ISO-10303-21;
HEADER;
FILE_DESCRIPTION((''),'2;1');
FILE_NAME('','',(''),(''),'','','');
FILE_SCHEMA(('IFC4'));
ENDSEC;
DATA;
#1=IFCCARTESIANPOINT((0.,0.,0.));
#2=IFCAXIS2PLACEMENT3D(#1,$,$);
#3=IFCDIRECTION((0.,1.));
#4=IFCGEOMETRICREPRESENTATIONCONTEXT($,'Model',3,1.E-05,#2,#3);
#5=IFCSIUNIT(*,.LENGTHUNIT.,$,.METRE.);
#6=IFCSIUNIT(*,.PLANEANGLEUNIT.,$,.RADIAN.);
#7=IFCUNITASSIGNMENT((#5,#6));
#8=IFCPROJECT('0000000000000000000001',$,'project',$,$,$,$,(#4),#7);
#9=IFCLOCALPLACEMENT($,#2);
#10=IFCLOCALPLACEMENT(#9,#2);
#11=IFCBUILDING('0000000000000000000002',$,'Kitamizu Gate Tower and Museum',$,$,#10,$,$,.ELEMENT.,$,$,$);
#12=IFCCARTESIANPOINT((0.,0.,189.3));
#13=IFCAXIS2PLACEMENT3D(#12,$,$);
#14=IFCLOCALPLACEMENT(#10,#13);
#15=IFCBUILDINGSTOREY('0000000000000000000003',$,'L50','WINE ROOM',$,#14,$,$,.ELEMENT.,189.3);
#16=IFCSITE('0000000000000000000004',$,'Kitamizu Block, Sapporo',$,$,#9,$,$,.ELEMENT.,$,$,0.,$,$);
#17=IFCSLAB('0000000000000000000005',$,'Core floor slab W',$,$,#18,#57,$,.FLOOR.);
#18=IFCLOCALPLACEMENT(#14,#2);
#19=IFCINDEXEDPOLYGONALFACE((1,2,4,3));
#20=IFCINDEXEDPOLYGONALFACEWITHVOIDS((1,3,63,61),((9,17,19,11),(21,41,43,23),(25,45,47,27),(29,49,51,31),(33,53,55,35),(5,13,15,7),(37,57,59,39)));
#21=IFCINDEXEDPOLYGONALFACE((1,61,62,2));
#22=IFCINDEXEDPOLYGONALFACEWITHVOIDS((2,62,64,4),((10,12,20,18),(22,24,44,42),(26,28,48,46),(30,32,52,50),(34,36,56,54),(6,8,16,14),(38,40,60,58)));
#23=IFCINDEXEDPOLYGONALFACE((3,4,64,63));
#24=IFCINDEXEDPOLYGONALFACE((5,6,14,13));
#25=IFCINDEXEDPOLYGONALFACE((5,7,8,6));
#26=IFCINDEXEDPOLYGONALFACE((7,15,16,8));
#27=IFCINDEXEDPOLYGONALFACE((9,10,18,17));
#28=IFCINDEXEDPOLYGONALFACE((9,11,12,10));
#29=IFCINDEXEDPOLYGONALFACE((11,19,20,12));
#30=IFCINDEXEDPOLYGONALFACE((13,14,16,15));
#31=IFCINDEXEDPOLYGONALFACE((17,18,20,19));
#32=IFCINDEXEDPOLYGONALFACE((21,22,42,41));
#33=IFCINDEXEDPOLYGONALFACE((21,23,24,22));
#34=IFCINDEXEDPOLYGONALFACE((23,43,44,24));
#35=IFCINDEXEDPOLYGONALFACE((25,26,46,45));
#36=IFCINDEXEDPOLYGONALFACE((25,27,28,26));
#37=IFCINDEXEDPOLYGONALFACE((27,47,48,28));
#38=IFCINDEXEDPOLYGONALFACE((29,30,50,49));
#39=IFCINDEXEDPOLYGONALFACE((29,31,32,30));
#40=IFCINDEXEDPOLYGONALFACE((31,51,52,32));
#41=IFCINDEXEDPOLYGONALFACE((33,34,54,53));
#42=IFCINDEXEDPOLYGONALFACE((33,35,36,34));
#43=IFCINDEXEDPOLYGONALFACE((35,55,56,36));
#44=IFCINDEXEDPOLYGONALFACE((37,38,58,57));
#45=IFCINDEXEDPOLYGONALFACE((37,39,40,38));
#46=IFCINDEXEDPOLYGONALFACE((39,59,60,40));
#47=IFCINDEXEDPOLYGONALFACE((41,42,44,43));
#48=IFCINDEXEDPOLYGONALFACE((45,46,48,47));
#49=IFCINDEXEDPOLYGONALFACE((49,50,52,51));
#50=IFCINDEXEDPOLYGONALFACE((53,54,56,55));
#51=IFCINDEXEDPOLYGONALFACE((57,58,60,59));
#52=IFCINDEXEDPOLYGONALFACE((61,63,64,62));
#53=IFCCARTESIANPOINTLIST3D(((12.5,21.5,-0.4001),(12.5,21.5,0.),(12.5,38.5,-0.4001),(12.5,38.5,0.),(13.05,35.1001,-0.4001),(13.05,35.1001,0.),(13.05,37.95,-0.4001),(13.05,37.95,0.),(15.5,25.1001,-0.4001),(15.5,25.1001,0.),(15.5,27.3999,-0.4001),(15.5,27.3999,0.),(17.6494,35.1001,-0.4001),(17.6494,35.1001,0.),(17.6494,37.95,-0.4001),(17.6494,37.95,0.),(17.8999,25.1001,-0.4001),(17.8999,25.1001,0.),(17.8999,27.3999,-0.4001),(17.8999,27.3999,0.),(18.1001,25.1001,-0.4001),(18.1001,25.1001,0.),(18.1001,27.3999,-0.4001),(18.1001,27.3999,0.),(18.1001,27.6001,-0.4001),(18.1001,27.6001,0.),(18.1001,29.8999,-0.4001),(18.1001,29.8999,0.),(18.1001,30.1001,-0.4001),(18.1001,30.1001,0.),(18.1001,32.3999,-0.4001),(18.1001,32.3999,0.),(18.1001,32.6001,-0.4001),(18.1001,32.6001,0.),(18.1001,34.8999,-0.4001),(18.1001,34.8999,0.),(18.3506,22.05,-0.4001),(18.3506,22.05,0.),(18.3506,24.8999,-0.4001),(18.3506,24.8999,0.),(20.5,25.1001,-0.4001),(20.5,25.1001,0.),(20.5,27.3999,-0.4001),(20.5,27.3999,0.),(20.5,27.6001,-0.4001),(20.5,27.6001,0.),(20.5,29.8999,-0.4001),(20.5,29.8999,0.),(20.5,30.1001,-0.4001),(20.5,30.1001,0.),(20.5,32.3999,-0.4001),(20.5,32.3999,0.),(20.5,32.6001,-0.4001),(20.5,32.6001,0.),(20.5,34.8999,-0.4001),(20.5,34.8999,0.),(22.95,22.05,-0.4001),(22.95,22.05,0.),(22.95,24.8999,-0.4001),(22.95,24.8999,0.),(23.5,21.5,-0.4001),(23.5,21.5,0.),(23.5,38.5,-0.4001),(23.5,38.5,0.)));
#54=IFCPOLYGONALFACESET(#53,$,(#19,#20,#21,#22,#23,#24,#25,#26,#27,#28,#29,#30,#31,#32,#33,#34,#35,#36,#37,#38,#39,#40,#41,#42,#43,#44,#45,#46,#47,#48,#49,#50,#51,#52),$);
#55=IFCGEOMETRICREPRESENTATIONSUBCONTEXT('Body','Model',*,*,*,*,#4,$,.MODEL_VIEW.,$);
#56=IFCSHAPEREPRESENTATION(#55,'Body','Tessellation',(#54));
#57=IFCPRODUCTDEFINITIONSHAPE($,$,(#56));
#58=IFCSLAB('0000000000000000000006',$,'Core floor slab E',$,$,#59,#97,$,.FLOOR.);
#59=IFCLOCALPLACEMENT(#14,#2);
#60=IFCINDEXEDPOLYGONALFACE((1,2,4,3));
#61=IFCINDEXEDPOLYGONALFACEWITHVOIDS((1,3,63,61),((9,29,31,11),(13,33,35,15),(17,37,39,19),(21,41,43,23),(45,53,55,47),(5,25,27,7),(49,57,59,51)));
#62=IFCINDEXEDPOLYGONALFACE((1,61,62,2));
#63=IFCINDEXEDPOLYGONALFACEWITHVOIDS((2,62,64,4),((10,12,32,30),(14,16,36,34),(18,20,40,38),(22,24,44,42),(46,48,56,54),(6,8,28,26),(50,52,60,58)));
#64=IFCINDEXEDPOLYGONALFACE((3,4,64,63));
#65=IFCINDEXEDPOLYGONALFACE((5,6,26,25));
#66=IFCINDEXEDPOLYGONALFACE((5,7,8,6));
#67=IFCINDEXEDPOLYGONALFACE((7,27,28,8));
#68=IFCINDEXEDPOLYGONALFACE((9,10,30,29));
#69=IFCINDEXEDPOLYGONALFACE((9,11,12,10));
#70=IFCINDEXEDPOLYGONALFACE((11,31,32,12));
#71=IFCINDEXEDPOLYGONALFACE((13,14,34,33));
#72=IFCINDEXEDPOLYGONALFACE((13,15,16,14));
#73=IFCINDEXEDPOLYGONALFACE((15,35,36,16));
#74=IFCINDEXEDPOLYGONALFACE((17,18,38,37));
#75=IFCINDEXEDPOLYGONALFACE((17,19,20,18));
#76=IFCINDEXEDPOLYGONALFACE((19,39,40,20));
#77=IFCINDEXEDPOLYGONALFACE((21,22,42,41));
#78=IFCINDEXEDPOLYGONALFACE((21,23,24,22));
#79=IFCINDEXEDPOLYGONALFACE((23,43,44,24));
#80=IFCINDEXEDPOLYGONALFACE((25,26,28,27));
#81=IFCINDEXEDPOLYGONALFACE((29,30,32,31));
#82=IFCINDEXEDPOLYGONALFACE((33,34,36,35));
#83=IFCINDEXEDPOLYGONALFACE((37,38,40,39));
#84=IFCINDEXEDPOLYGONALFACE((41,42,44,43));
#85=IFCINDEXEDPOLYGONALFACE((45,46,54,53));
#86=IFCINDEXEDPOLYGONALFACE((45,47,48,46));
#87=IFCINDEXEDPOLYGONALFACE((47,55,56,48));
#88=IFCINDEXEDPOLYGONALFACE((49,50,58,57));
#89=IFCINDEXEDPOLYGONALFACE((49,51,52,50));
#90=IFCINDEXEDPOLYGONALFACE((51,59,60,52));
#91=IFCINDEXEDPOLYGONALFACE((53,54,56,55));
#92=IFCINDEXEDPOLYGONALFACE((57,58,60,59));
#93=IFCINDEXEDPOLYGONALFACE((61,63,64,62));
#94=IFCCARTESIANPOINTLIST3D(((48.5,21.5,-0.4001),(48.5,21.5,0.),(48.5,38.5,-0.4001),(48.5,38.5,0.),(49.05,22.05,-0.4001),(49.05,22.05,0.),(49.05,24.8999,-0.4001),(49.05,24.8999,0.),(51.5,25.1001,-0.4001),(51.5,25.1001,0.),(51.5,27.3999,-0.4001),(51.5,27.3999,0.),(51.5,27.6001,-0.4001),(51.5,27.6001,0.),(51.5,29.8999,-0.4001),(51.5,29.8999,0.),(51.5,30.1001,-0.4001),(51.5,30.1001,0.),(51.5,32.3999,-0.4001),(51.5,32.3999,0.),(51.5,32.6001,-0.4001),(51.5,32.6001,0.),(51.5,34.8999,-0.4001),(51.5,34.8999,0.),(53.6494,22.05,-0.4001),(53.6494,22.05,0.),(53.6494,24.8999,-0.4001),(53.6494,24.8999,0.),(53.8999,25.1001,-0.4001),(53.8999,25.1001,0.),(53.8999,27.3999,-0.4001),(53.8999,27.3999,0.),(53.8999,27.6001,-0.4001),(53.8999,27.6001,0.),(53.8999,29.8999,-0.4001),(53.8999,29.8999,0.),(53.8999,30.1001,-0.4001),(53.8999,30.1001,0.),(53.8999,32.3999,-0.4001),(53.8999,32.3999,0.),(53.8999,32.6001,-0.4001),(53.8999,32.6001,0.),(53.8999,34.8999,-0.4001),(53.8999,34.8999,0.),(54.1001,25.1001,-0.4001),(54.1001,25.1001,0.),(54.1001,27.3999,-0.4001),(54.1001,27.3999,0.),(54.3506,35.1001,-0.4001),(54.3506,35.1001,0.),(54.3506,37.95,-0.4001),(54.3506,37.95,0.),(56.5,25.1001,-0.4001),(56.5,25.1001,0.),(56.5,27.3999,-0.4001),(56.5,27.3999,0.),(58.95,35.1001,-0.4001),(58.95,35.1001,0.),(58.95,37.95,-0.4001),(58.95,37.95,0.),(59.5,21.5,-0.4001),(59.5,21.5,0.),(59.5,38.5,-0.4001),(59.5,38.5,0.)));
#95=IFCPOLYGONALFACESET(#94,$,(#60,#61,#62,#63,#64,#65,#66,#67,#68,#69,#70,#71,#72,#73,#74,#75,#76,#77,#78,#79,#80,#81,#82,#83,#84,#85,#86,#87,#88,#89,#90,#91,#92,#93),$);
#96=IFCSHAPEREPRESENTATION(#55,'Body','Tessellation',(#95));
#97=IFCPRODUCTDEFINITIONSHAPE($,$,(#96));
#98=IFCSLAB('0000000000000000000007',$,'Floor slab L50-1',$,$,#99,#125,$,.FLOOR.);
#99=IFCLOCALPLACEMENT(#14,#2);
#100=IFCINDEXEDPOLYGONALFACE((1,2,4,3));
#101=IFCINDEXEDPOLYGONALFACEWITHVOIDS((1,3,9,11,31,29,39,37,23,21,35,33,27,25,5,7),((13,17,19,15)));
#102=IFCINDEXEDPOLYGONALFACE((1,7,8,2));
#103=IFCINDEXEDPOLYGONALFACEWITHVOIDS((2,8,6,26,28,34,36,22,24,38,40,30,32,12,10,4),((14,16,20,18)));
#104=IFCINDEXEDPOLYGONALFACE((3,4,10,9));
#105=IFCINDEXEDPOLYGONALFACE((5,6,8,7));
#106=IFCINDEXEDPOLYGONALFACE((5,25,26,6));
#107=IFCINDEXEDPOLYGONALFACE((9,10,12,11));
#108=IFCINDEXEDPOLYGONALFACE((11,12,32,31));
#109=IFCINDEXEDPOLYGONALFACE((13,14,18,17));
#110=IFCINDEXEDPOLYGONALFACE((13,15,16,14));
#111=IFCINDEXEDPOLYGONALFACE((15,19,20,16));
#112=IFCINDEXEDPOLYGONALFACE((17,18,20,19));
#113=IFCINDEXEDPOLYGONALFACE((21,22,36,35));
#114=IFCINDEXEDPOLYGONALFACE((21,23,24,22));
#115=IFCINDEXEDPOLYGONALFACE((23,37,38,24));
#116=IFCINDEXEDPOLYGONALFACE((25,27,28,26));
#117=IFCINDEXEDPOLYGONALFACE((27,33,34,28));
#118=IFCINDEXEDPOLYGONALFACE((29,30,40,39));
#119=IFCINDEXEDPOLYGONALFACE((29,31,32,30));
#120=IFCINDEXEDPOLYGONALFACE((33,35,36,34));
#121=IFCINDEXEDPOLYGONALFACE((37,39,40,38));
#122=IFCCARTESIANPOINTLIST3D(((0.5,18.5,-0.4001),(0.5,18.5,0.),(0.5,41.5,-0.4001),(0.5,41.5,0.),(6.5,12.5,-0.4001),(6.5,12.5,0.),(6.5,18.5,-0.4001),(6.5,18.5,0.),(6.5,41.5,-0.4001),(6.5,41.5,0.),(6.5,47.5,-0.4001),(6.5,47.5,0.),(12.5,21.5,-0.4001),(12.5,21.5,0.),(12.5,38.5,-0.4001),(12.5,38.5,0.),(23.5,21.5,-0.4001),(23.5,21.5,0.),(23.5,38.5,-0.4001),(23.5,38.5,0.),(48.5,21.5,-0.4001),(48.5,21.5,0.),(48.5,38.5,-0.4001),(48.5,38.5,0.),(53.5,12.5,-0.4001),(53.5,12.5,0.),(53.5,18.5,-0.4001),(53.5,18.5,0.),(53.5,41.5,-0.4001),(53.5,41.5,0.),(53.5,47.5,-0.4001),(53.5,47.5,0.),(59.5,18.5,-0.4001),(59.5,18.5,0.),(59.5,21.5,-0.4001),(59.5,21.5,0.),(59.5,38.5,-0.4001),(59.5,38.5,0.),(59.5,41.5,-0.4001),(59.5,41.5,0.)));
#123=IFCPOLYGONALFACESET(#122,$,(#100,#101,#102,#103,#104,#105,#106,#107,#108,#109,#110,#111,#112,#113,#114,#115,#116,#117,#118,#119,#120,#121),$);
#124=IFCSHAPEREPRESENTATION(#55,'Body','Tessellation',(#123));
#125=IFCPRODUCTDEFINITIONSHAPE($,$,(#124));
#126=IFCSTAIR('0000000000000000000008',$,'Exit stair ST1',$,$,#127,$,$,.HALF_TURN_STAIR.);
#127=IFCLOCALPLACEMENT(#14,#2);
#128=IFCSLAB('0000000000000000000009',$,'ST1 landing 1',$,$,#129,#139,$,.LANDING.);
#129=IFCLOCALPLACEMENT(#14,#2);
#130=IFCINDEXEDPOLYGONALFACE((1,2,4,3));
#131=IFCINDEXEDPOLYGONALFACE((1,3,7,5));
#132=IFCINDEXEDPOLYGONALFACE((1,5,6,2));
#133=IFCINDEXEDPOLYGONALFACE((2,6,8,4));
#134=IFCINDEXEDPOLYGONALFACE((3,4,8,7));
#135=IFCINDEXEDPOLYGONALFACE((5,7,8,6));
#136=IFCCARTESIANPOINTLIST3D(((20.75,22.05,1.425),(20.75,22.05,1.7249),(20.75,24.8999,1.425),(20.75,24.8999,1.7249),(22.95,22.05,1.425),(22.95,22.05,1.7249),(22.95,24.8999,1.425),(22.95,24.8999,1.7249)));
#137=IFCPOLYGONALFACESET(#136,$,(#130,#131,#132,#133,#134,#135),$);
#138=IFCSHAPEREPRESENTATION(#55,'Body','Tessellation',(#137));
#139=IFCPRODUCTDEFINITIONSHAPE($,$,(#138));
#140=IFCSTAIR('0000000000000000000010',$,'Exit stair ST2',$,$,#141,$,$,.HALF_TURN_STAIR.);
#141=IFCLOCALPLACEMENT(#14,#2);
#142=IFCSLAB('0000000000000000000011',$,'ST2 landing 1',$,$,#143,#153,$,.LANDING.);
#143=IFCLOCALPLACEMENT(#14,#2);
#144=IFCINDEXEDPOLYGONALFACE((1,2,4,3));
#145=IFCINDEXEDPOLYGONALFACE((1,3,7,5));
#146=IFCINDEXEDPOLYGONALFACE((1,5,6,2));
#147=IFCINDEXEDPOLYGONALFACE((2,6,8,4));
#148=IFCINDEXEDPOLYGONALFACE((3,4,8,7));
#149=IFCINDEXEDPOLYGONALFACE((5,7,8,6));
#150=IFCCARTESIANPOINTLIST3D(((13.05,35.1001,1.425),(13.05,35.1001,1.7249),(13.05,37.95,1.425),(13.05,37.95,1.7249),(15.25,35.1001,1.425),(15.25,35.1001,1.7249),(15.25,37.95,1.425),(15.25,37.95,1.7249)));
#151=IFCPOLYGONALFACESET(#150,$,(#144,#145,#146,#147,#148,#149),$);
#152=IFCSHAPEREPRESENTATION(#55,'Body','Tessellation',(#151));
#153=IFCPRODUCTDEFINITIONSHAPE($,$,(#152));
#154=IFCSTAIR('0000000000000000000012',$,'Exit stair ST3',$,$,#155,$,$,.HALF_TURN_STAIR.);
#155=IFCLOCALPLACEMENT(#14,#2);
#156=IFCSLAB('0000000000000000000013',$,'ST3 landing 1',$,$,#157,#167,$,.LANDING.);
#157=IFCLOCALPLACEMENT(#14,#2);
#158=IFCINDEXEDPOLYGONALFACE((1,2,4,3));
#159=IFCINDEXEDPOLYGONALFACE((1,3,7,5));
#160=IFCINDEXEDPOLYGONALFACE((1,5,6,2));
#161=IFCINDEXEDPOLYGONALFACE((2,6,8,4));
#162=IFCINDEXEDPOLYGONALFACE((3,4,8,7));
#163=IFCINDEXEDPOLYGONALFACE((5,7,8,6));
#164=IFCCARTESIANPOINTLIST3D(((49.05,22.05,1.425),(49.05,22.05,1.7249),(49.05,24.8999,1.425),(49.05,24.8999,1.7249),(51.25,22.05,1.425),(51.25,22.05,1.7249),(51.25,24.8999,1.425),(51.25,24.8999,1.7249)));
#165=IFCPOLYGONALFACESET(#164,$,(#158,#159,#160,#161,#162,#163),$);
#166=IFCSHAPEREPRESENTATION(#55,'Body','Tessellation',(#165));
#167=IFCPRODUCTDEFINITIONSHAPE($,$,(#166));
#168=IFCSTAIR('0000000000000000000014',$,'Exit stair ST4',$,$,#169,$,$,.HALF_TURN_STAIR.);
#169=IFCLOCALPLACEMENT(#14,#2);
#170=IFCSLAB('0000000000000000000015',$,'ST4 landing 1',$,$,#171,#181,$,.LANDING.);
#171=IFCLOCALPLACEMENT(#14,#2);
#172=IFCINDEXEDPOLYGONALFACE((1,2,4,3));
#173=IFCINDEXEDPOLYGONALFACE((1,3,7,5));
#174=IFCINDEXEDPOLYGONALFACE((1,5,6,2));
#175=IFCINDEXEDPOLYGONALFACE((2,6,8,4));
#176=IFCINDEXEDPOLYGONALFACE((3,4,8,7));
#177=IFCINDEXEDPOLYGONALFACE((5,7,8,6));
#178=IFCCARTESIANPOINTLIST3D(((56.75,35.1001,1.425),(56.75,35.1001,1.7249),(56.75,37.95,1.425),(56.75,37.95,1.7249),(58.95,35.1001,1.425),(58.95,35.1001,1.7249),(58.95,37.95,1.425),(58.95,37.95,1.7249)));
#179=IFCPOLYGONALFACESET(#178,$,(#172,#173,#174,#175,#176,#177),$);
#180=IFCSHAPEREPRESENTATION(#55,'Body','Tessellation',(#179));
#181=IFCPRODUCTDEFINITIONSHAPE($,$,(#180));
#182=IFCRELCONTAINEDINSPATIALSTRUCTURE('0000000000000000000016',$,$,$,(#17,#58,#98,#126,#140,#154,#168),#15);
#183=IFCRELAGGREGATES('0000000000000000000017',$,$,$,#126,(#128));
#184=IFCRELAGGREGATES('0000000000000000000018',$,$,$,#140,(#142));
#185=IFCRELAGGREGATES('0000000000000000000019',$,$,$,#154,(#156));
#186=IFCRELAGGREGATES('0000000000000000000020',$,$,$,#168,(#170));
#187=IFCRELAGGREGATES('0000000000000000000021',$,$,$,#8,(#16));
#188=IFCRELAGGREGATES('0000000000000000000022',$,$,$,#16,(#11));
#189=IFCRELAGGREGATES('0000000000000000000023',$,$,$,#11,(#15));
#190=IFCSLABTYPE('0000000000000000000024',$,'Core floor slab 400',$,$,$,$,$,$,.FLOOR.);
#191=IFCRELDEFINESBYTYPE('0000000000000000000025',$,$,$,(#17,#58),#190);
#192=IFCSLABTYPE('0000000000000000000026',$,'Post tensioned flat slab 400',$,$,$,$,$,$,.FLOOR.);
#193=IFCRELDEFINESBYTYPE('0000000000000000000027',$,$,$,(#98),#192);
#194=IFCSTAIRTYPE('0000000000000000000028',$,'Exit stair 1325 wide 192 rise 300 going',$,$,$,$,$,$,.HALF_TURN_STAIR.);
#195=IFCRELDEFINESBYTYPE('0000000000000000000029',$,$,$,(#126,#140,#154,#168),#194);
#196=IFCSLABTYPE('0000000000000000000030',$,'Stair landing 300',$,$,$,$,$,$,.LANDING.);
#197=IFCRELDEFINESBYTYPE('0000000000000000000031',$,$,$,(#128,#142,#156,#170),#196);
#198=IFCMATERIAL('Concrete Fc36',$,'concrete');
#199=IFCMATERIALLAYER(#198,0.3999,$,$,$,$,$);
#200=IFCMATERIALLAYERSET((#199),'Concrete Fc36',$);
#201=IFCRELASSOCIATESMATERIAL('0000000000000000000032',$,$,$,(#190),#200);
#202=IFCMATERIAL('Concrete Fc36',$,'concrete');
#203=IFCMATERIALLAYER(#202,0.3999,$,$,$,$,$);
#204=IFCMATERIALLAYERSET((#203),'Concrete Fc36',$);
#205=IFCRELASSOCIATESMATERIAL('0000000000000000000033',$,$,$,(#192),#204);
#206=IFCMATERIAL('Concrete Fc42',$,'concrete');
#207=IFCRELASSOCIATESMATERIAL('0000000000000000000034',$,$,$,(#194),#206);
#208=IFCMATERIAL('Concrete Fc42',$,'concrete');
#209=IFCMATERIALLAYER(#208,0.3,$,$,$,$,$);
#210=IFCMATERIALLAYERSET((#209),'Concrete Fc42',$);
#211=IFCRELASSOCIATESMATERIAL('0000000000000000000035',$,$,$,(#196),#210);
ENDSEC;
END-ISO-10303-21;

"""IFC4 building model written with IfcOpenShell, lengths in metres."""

from ifc_helpers import new_model, si_unit, direction, frame, origin, place, context, subcontext, project, spatial, polyline, outline, extrude, material, layer, layer_set, type_object, element, aggregate, save


model = new_model("IFC4")

# Units and contexts
model_context = context("Model", 3, precision=1e-05, world=origin(), true_north=direction((0.0, 1.0)))
body_context = subcontext(model_context, "Body", "Model", "MODEL_VIEW")
ifc_project = project(units=[si_unit("LENGTHUNIT", "METRE"), si_unit("PLANEANGLEUNIT", "RADIAN")], contexts=[model_context])

# Site, building, storey
site_placement = place(None, origin())
site = spatial("IfcSite", under=ifc_project, at=site_placement, Name="Kitamizu Block, Sapporo", CompositionType="ELEMENT", RefElevation=0.0)
building_placement = place(site_placement, origin())
building = spatial("IfcBuilding", under=site, at=building_placement, Name="Kitamizu Gate Tower and Museum", CompositionType="ELEMENT")
storey_placement = place(building_placement, frame((0.0, 0.0, 189.3)))
storey = spatial("IfcBuildingStorey", under=building, at=storey_placement, Name="L50", Description="WINE ROOM", CompositionType="ELEMENT", Elevation=189.3)

# Slabs
ifc_material_1 = material(Name="Concrete Fc36", Category="concrete")
ifc_layer_1 = layer(ifc_material_1, 0.3999)
ifc_layer_set_1 = layer_set([ifc_layer_1], Name="Concrete Fc36")
slab_type_1 = type_object("IfcSlabType", Name="Core floor slab 400", PredefinedType="FLOOR", material=ifc_layer_set_1)
slab_1_placement = place(storey_placement, frame((0.0, 0.0, -0.4001)))
element("IfcSlab", 1, at=slab_1_placement, inside=storey, type_object=slab_type_1, Name="Core floor slab W", PredefinedType="FLOOR", context=body_context, shape_type="SweptSolid", body=[
    extrude(outline(polyline([(12.5, 21.5), (23.5, 21.5), (23.5, 38.5), (12.5, 38.5), (12.5, 21.5)]), holes=[polyline([(15.5, 25.1001), (17.8999, 25.1001), (17.8999, 27.3999), (15.5, 27.3999), (15.5, 25.1001)]), polyline([(18.1001, 25.1001), (20.5, 25.1001), (20.5, 27.3999), (18.1001, 27.3999), (18.1001, 25.1001)]), polyline([(18.1001, 27.6001), (20.5, 27.6001), (20.5, 29.8999), (18.1001, 29.8999), (18.1001, 27.6001)]), polyline([(18.1001, 30.1001), (20.5, 30.1001), (20.5, 32.3999), (18.1001, 32.3999), (18.1001, 30.1001)]), polyline([(18.1001, 32.6001), (20.5, 32.6001), (20.5, 34.8999), (18.1001, 34.8999), (18.1001, 32.6001)]), polyline([(18.3506, 22.05), (22.95, 22.05), (22.95, 24.8999), (18.3506, 24.8999), (18.3506, 22.05)]), polyline([(13.05, 35.1001), (17.6494, 35.1001), (17.6494, 37.95), (13.05, 37.95), (13.05, 35.1001)])]), origin(), (0.0, 0.0, 1.0), 0.4001),
])
slab_2_placement = place(storey_placement, frame((0.0, 0.0, -0.4001)))
element("IfcSlab", 2, at=slab_2_placement, inside=storey, type_object=slab_type_1, Name="Core floor slab E", PredefinedType="FLOOR", context=body_context, shape_type="SweptSolid", body=[
    extrude(outline(polyline([(48.5, 21.5), (59.5, 21.5), (59.5, 38.5), (48.5, 38.5), (48.5, 21.5)]), holes=[polyline([(54.1001, 25.1001), (56.5, 25.1001), (56.5, 27.3999), (54.1001, 27.3999), (54.1001, 25.1001)]), polyline([(51.5, 25.1001), (53.8999, 25.1001), (53.8999, 27.3999), (51.5, 27.3999), (51.5, 25.1001)]), polyline([(51.5, 27.6001), (53.8999, 27.6001), (53.8999, 29.8999), (51.5, 29.8999), (51.5, 27.6001)]), polyline([(51.5, 30.1001), (53.8999, 30.1001), (53.8999, 32.3999), (51.5, 32.3999), (51.5, 30.1001)]), polyline([(51.5, 32.6001), (53.8999, 32.6001), (53.8999, 34.8999), (51.5, 34.8999), (51.5, 32.6001)]), polyline([(49.05, 22.05), (53.6494, 22.05), (53.6494, 24.8999), (49.05, 24.8999), (49.05, 22.05)]), polyline([(54.3506, 35.1001), (58.95, 35.1001), (58.95, 37.95), (54.3506, 37.95), (54.3506, 35.1001)])]), origin(), (0.0, 0.0, 1.0), 0.4001),
])
ifc_material_2 = material(Name="Concrete Fc36", Category="concrete")
ifc_layer_2 = layer(ifc_material_2, 0.3999)
ifc_layer_set_2 = layer_set([ifc_layer_2], Name="Concrete Fc36")
slab_type_2 = type_object("IfcSlabType", Name="Post tensioned flat slab 400", PredefinedType="FLOOR", material=ifc_layer_set_2)
slab_3_placement = place(storey_placement, frame((0.0, 0.0, -0.4001)))
element("IfcSlab", 3, at=slab_3_placement, inside=storey, type_object=slab_type_2, Name="Floor slab L50-1", PredefinedType="FLOOR", context=body_context, shape_type="SweptSolid", body=[
    extrude(outline(polyline([(0.5, 18.5), (0.5, 41.5), (6.5, 41.5), (6.5, 47.5), (53.5, 47.5), (53.5, 41.5), (59.5, 41.5), (59.5, 38.5), (48.5, 38.5), (48.5, 21.5), (59.5, 21.5), (59.5, 18.5), (53.5, 18.5), (53.5, 12.5), (6.5, 12.5), (6.5, 18.5), (0.5, 18.5)]), holes=[polyline([(12.5, 38.5), (12.5, 21.5), (23.5, 21.5), (23.5, 38.5), (12.5, 38.5)])]), origin(), (0.0, 0.0, 1.0), 0.4001),
])

# Stairs, slabs
ifc_material_3 = material(Name="Concrete Fc42", Category="concrete")
stair_type = type_object("IfcStairType", Name="Exit stair 1325 wide 192 rise 300 going", PredefinedType="HALF_TURN_STAIR", material=ifc_material_3)
stair_1_placement = place(storey_placement, origin())
stair_1 = element("IfcStair", 4, at=stair_1_placement, inside=storey, type_object=stair_type, Name="Exit stair ST1", PredefinedType="HALF_TURN_STAIR")
ifc_material_4 = material(Name="Concrete Fc42", Category="concrete")
ifc_layer_3 = layer(ifc_material_4, 0.3)
ifc_layer_set_3 = layer_set([ifc_layer_3], Name="Concrete Fc42")
slab_type_3 = type_object("IfcSlabType", Name="Stair landing 300", PredefinedType="LANDING", material=ifc_layer_set_3)
slab_4_placement = place(storey_placement, frame((0.0, 0.0, 1.425)))
slab_4 = element("IfcSlab", 5, at=slab_4_placement, type_object=slab_type_3, Name="ST1 landing 1", PredefinedType="LANDING", context=body_context, shape_type="SweptSolid", body=[
    extrude(outline(polyline([(20.75, 22.05), (22.95, 22.05), (22.95, 24.8999), (20.75, 24.8999), (20.75, 22.05)])), origin(), (0.0, 0.0, 1.0), 0.2998),
])
aggregate(stair_1, [slab_4])
stair_2_placement = place(storey_placement, origin())
stair_2 = element("IfcStair", 6, at=stair_2_placement, inside=storey, type_object=stair_type, Name="Exit stair ST2", PredefinedType="HALF_TURN_STAIR")
slab_5_placement = place(storey_placement, frame((0.0, 0.0, 1.425)))
slab_5 = element("IfcSlab", 7, at=slab_5_placement, type_object=slab_type_3, Name="ST2 landing 1", PredefinedType="LANDING", context=body_context, shape_type="SweptSolid", body=[
    extrude(outline(polyline([(13.05, 35.1001), (15.25, 35.1001), (15.25, 37.95), (13.05, 37.95), (13.05, 35.1001)])), origin(), (0.0, 0.0, 1.0), 0.2998),
])
aggregate(stair_2, [slab_5])
stair_3_placement = place(storey_placement, origin())
stair_3 = element("IfcStair", 8, at=stair_3_placement, inside=storey, type_object=stair_type, Name="Exit stair ST3", PredefinedType="HALF_TURN_STAIR")
slab_6_placement = place(storey_placement, frame((0.0, 0.0, 1.425)))
slab_6 = element("IfcSlab", 9, at=slab_6_placement, type_object=slab_type_3, Name="ST3 landing 1", PredefinedType="LANDING", context=body_context, shape_type="SweptSolid", body=[
    extrude(outline(polyline([(49.05, 22.05), (51.25, 22.05), (51.25, 24.8999), (49.05, 24.8999), (49.05, 22.05)])), origin(), (0.0, 0.0, 1.0), 0.2998),
])
aggregate(stair_3, [slab_6])
stair_4_placement = place(storey_placement, origin())
stair_4 = element("IfcStair", 10, at=stair_4_placement, inside=storey, type_object=stair_type, Name="Exit stair ST4", PredefinedType="HALF_TURN_STAIR")
slab_7_placement = place(storey_placement, frame((0.0, 0.0, 1.425)))
slab_7 = element("IfcSlab", 11, at=slab_7_placement, type_object=slab_type_3, Name="ST4 landing 1", PredefinedType="LANDING", context=body_context, shape_type="SweptSolid", body=[
    extrude(outline(polyline([(56.75, 35.1001), (58.95, 35.1001), (58.95, 37.95), (56.75, 37.95), (56.75, 35.1001)])), origin(), (0.0, 0.0, 1.0), 0.2998),
])
aggregate(stair_4, [slab_7])

save(model, "model.ifc")
